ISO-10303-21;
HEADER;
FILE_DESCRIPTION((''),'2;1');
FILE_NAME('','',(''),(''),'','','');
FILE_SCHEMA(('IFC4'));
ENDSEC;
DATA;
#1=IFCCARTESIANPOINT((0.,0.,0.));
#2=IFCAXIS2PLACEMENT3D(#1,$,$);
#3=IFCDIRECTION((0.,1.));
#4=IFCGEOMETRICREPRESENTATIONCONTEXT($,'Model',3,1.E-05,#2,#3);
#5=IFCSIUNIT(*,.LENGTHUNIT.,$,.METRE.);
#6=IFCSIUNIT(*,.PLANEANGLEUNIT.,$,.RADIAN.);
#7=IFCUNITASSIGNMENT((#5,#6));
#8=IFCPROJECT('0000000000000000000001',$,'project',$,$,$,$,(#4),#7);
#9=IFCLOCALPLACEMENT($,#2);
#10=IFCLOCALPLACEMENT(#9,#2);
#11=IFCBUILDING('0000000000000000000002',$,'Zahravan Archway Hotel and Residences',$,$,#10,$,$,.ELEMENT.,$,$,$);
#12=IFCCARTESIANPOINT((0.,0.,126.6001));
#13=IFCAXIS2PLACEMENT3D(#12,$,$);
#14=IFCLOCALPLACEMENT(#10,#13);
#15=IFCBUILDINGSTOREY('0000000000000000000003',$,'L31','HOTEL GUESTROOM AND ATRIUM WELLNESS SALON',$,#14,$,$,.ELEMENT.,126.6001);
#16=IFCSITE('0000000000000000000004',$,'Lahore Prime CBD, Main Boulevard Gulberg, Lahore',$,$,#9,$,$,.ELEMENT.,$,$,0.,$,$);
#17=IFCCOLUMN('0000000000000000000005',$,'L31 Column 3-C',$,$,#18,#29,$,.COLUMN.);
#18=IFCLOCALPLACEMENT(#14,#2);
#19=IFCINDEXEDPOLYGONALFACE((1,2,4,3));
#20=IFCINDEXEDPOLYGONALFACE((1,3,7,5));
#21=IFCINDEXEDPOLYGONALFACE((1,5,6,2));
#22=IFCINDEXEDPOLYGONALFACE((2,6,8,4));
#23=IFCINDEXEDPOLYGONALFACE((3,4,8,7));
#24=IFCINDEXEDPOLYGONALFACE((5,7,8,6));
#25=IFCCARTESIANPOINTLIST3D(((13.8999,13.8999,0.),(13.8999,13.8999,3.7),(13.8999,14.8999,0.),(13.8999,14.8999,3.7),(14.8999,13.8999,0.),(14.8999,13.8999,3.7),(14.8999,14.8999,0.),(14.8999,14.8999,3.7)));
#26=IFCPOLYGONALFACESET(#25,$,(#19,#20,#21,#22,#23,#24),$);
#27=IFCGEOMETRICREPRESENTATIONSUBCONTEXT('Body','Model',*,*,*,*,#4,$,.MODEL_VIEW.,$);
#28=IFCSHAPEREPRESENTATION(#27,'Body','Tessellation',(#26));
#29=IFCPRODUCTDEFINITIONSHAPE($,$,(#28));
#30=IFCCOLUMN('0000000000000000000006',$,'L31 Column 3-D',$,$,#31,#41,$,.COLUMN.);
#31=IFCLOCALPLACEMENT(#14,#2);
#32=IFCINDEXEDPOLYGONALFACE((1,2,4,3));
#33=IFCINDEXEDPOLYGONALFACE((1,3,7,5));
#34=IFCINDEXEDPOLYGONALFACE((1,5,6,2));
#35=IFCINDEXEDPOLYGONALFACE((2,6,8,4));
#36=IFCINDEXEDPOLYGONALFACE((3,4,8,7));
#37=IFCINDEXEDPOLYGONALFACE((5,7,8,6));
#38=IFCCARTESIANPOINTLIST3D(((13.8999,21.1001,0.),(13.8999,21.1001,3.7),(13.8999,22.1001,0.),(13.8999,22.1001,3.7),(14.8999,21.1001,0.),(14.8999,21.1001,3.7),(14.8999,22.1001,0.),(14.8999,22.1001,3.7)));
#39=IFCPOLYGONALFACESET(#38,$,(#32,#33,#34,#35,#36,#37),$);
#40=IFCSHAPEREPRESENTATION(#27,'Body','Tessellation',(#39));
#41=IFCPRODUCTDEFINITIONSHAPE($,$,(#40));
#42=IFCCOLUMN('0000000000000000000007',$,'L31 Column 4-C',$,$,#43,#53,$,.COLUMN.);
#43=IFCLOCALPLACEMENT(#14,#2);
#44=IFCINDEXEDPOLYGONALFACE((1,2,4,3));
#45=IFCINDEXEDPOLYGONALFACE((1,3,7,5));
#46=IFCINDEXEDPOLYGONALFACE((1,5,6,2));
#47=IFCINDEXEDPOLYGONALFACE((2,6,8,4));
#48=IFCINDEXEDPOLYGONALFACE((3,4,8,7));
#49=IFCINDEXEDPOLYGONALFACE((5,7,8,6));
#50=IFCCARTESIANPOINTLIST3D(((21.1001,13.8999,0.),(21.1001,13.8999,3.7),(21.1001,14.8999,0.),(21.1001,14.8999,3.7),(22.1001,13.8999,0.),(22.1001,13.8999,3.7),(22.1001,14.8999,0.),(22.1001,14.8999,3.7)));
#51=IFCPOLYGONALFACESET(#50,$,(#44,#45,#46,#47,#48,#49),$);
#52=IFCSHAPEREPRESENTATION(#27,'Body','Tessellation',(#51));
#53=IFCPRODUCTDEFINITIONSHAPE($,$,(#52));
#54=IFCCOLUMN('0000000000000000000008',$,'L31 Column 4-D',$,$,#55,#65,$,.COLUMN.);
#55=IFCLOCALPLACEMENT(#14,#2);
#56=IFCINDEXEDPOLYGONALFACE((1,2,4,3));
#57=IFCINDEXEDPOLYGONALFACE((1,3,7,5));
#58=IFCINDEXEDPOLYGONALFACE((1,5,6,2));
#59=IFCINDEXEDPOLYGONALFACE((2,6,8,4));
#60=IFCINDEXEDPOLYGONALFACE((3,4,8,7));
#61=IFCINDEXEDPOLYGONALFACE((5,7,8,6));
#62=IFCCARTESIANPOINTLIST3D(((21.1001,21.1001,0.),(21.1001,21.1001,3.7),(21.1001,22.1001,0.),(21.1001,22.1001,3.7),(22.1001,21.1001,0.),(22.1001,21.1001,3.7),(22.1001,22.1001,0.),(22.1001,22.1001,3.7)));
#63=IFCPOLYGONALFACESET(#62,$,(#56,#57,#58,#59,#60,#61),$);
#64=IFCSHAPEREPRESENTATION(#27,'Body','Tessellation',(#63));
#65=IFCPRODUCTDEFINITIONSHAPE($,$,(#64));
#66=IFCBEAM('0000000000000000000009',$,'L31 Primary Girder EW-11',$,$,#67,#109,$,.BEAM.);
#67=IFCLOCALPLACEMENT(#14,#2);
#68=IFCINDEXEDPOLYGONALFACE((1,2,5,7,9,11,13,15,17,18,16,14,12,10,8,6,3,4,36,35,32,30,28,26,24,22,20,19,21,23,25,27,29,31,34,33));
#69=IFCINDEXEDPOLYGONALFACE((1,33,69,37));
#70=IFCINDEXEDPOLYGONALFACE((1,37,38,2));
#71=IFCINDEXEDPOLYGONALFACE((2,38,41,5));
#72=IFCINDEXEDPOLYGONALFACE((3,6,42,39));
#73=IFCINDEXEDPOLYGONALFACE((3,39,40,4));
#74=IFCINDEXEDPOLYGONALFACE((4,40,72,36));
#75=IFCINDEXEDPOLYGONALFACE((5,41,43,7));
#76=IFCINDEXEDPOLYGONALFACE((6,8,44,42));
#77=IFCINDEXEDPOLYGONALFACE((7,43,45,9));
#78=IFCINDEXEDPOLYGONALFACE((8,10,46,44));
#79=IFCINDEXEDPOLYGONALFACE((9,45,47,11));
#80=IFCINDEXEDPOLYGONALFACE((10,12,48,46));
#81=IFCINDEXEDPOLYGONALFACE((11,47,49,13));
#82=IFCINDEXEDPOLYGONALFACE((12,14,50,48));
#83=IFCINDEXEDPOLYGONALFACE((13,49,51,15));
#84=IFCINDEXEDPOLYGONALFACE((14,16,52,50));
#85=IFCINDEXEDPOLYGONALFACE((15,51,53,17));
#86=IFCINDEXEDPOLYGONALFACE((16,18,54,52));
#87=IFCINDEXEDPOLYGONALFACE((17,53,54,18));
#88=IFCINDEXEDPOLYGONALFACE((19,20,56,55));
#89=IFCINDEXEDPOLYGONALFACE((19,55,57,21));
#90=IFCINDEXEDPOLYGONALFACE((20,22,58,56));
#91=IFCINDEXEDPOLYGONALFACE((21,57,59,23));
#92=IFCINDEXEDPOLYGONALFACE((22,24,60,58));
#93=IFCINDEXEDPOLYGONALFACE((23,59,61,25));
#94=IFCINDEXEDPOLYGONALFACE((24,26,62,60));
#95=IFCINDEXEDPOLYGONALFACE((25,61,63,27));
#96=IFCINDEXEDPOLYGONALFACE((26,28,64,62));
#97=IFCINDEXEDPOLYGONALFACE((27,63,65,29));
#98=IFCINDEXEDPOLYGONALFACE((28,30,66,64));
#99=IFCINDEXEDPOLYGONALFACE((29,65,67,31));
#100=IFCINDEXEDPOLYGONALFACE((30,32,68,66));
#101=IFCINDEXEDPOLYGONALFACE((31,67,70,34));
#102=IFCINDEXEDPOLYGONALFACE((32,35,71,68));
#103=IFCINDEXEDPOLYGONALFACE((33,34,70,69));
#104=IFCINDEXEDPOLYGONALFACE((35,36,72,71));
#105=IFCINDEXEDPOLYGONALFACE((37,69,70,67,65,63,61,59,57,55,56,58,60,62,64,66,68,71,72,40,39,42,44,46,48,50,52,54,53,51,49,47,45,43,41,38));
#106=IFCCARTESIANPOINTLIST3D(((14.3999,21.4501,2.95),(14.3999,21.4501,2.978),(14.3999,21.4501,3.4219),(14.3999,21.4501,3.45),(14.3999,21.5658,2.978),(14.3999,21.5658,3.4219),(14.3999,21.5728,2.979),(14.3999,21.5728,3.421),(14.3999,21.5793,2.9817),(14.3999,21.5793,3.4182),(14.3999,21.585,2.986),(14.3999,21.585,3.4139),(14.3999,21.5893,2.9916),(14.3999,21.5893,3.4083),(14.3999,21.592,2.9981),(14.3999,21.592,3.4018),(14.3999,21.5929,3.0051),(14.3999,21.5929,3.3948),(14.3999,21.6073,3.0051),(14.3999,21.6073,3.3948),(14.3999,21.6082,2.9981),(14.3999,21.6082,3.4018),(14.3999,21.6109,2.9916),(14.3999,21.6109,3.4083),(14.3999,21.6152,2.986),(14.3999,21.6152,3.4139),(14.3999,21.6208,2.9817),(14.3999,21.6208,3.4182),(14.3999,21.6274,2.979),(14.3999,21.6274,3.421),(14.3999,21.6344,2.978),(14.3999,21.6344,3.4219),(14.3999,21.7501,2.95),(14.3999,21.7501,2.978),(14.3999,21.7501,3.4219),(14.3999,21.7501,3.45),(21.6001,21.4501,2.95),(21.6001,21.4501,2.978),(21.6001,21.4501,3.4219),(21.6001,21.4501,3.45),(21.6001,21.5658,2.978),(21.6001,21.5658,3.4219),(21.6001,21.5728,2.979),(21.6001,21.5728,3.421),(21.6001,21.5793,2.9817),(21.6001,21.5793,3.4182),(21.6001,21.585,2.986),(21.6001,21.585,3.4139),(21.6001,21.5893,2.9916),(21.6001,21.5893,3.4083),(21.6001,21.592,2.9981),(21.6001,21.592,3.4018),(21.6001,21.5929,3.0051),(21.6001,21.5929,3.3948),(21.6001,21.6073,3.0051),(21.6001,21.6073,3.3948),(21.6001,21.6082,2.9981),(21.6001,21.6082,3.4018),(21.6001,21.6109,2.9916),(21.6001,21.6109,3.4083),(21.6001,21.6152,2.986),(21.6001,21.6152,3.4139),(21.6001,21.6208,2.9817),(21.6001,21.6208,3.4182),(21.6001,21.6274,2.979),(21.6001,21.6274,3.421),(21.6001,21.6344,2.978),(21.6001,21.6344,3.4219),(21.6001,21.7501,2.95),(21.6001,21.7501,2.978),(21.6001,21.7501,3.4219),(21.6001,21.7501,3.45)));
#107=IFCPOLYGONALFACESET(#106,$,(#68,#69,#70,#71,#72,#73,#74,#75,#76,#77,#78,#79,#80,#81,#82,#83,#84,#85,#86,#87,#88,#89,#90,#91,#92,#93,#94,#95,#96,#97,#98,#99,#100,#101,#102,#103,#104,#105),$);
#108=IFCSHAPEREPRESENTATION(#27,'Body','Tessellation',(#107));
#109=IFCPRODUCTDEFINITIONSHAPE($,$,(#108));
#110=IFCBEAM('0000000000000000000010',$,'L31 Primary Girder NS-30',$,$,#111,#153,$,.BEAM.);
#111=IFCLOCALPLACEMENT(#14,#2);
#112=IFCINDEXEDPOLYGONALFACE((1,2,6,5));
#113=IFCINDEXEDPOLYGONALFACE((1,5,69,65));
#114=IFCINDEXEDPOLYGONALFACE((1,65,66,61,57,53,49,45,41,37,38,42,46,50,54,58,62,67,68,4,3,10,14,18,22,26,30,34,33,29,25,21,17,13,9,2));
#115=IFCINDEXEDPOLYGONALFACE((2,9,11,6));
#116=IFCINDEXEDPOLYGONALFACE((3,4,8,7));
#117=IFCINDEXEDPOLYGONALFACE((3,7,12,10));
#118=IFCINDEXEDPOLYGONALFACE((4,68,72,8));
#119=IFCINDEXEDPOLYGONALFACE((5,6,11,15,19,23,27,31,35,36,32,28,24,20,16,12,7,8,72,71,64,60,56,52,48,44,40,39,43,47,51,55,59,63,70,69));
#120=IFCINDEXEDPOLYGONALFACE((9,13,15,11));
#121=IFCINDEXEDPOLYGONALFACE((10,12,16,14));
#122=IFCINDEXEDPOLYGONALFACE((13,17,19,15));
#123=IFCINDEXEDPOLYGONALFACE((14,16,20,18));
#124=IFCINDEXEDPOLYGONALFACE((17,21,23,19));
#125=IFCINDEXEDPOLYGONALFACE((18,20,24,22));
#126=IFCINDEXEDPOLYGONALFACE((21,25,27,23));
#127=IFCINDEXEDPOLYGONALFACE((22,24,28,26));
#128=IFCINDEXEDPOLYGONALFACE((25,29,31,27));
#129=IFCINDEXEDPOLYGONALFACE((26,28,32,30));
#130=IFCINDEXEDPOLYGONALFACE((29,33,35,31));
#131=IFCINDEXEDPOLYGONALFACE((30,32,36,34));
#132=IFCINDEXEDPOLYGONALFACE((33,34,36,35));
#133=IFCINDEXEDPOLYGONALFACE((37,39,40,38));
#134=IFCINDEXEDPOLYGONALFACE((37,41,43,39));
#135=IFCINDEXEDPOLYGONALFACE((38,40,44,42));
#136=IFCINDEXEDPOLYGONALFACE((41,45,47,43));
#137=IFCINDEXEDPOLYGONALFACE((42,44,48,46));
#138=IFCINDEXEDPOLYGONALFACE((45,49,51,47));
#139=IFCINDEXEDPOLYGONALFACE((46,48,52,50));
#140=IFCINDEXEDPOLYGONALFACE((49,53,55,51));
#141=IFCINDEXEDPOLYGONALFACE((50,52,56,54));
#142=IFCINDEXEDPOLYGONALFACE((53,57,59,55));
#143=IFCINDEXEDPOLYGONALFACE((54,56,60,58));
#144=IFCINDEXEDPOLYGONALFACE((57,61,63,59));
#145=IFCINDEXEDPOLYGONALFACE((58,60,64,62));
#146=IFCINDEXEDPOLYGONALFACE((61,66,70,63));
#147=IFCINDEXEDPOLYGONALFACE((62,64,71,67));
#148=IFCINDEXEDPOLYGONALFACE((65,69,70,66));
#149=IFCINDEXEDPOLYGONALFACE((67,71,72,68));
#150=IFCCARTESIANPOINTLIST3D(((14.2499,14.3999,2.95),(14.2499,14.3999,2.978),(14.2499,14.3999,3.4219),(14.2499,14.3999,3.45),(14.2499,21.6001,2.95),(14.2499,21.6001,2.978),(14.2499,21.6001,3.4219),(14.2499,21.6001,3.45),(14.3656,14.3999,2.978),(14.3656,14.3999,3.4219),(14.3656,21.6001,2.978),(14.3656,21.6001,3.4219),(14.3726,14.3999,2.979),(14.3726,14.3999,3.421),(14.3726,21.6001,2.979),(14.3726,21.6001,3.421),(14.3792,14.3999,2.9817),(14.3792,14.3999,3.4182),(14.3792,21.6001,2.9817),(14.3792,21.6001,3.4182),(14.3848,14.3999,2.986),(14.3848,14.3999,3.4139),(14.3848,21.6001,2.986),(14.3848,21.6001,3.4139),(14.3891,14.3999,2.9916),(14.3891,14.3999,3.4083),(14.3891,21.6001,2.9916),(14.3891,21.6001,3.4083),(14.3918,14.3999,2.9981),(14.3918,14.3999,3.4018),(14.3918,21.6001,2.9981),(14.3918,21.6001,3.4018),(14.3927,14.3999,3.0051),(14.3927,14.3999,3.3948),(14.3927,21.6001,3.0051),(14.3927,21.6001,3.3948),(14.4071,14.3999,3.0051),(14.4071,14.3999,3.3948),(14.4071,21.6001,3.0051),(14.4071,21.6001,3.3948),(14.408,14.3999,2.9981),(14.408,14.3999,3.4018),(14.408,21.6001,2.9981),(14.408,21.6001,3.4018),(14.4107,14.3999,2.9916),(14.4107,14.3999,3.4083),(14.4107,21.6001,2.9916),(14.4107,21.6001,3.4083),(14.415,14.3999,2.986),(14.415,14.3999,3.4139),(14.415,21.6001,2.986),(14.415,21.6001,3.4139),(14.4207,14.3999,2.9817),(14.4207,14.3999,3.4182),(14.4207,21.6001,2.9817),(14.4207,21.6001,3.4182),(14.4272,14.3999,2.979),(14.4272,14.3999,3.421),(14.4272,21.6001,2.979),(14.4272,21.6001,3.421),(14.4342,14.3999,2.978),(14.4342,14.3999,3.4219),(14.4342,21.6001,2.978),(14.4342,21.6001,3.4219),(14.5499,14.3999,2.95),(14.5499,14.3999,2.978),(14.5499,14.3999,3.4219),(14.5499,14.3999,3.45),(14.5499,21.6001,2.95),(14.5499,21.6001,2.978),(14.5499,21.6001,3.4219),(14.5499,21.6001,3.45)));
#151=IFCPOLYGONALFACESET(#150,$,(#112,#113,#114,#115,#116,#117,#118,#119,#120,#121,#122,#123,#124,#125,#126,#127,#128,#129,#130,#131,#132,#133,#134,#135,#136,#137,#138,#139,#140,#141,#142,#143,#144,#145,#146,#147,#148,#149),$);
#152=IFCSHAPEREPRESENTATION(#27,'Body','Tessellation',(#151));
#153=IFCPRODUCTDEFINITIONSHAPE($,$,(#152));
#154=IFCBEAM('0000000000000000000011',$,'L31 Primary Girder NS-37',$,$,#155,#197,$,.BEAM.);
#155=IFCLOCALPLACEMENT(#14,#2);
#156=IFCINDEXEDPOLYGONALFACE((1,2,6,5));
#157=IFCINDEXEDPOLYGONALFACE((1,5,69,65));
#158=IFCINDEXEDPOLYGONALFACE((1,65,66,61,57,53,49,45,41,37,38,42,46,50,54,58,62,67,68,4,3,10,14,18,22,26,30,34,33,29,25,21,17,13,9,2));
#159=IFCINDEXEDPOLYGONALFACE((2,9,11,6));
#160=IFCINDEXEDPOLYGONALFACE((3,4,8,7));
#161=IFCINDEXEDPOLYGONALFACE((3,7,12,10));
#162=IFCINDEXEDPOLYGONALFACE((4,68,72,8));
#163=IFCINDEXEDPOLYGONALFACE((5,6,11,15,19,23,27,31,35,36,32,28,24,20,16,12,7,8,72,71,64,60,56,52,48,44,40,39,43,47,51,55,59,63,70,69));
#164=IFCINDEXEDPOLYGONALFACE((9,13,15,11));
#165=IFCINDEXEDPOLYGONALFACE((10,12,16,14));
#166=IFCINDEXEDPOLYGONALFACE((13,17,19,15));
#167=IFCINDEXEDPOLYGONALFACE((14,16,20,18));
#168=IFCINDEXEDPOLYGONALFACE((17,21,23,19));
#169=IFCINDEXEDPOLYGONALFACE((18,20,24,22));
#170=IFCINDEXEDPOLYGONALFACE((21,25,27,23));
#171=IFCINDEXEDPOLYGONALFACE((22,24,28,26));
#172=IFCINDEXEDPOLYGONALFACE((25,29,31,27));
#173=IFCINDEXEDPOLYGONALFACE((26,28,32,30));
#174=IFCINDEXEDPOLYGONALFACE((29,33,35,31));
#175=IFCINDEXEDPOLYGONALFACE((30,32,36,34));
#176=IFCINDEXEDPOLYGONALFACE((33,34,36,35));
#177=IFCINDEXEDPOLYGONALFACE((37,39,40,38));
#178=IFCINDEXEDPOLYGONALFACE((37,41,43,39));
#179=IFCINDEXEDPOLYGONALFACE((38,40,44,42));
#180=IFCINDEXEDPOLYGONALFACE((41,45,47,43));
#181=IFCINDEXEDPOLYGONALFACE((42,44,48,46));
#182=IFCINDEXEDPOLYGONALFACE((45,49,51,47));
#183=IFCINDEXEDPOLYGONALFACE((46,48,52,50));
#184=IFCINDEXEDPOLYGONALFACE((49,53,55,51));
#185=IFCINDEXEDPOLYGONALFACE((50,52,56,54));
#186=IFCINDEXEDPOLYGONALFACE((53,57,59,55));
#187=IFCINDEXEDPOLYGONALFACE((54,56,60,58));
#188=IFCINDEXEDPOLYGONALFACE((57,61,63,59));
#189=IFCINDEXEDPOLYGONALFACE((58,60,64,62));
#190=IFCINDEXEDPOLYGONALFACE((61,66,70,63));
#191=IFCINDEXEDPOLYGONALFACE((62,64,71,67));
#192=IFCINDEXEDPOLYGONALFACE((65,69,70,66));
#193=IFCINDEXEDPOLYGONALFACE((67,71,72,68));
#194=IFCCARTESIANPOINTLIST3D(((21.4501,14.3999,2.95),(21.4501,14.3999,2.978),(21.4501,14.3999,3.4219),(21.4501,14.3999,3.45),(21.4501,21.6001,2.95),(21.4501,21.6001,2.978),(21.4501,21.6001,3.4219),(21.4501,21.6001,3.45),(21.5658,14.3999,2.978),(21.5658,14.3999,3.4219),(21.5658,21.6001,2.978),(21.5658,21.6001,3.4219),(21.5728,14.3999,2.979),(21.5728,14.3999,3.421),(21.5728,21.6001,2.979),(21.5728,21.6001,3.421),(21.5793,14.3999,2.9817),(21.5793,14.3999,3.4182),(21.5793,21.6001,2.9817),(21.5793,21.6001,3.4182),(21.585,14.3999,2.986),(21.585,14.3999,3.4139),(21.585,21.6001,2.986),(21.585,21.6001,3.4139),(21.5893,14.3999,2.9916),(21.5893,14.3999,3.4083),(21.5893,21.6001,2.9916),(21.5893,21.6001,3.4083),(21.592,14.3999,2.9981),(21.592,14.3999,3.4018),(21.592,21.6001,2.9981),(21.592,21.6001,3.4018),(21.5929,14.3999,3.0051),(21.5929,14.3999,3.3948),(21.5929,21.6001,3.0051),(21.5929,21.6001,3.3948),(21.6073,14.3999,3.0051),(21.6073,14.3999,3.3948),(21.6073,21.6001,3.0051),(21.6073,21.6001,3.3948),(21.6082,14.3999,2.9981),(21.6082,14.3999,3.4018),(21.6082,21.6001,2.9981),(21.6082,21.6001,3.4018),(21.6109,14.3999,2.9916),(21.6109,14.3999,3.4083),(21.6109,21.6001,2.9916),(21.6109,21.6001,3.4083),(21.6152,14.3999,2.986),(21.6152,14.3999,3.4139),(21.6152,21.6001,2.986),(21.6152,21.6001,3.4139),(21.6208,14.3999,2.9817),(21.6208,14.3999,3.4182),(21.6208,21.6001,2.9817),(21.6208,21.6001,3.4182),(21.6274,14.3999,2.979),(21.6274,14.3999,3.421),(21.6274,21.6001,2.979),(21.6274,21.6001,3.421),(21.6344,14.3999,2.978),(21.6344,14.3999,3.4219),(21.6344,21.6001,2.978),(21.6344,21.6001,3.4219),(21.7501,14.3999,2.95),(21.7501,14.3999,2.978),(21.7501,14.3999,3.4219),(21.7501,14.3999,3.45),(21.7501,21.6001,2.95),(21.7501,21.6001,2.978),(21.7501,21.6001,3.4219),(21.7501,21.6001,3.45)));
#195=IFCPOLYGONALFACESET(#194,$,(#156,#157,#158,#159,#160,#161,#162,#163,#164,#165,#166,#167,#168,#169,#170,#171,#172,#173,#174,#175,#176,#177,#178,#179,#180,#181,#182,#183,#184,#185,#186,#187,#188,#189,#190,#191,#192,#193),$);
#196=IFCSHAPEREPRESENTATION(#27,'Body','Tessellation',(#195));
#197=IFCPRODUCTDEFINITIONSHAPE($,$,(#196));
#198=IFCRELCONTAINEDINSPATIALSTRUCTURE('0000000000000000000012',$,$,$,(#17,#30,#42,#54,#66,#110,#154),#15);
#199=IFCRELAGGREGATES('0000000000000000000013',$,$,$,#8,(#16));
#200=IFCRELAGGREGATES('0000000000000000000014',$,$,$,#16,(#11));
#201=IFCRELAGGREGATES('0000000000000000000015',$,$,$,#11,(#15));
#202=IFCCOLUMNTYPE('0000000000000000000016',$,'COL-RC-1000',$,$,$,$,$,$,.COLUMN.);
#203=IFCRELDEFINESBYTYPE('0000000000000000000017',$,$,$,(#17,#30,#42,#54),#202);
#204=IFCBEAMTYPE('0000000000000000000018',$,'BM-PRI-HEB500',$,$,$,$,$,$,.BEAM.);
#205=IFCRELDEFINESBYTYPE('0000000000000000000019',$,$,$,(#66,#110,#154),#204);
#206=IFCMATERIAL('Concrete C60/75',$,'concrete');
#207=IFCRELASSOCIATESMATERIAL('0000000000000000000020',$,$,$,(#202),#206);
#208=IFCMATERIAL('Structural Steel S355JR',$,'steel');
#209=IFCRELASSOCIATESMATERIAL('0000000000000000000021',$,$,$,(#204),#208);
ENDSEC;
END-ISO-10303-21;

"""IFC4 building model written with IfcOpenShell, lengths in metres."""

from ifc_helpers import new_model, si_unit, direction, frame, origin, origin_2d, place, context, subcontext, project, spatial, rectangle, i_section, extrude, source, transform, mapped, material, material_profile, profile_set, type_object, type_shapes, element, save


model = new_model("IFC4")

# Units and contexts
model_context = context("Model", 3, precision=1e-05, world=origin(), true_north=direction((0.0, 1.0)))
body_context = subcontext(model_context, "Body", "Model", "MODEL_VIEW")
ifc_project = project(units=[si_unit("LENGTHUNIT", "METRE"), si_unit("PLANEANGLEUNIT", "RADIAN")], contexts=[model_context])

# Site, building, storey
site_placement = place(None, origin())
site = spatial("IfcSite", under=ifc_project, at=site_placement, Name="Lahore Prime CBD, Main Boulevard Gulberg, Lahore", CompositionType="ELEMENT", RefElevation=0.0)
building_placement = place(site_placement, origin())
building = spatial("IfcBuilding", under=site, at=building_placement, Name="Zahravan Archway Hotel and Residences", CompositionType="ELEMENT")
storey_placement = place(building_placement, frame((0.0, 0.0, 126.6001)))
storey = spatial("IfcBuildingStorey", under=building, at=storey_placement, Name="L31", Description="HOTEL GUESTROOM AND ATRIUM WELLNESS SALON", CompositionType="ELEMENT", Elevation=126.6001)

# Columns
ifc_material_1 = material(Name="Concrete C60/75", Category="concrete")
ifc_material_profile_1 = material_profile(ifc_material_1, rectangle(XDim=1.0, YDim=1.0, at=origin_2d()), Name="RC-COL-1000x1000", Category="concrete")
ifc_profile_set_1 = profile_set([ifc_material_profile_1], Name="Concrete C60/75")
column_type = type_object("IfcColumnType", Name="COL-RC-1000", PredefinedType="COLUMN", material=ifc_profile_set_1)
shared_shape_1 = source(origin(), body_context, "Body", "SweptSolid", [
    extrude(rectangle(XDim=1.0, YDim=1.0, at=origin_2d()), origin(), (0.0, 0.0, 1.0), 3.7),
])
type_shapes(column_type, [shared_shape_1])
for number, where, z_axis, x_axis, name in (
    (1, (14.3999, 14.3999, 0.0), (0.0, 0.0, 1.0), (1.0, 0.0, 0.0), "L31 Column 3-C"),
    (2, (14.3999, 21.6001, 0.0), (0.0, 0.0, 1.0), (1.0, 0.0, 0.0), "L31 Column 3-D"),
    (3, (21.6001, 14.3999, 0.0), (0.0, 0.0, 1.0), (1.0, 0.0, 0.0), "L31 Column 4-C"),
    (4, (21.6001, 21.6001, 0.0), (0.0, 0.0, 1.0), (1.0, 0.0, 0.0), "L31 Column 4-D"),
):
    element("IfcColumn", number, at=place(storey_placement, frame(where, z_axis=z_axis, x_axis=x_axis)), inside=storey, type_object=column_type, Name=name, PredefinedType="COLUMN", context=body_context, shape_type="MappedRepresentation", body=[
        mapped(shared_shape_1, transform((0.0, 0.0, 0.0), scale=1.0)),
    ])

# Beams
ifc_material_2 = material(Name="Structural Steel S355JR", Category="steel")
ifc_material_profile_2 = material_profile(ifc_material_2, i_section(OverallWidth=0.3, OverallDepth=0.5, WebThickness=0.0144, FlangeThickness=0.0281, FilletRadius=0.0271, at=origin_2d()), Name="HEB 500", Category="steel")
ifc_profile_set_2 = profile_set([ifc_material_profile_2], Name="Structural Steel S355JR")
beam_type_1 = type_object("IfcBeamType", Name="BM-PRI-HEB500", PredefinedType="BEAM", material=ifc_profile_set_2)
shared_shape_2 = source(origin(), body_context, "Body", "SweptSolid", [
    extrude(i_section(OverallWidth=0.3, OverallDepth=0.5, WebThickness=0.0144, FlangeThickness=0.0281, FilletRadius=0.0271, at=origin_2d()), origin(), (0.0, 0.0, 1.0), 7.2002),
])
type_shapes(beam_type_1, [shared_shape_2])
for number, where, z_axis, x_axis, name in (
    (5, (14.3999, 21.6001, 3.2), (1.0, 0.0, 0.0), (0.0, 1.0, 0.0), "L31 Primary Girder EW-11"),
    (6, (14.3999, 14.3999, 3.2), (0.0, 1.0, 0.0), (-1.0, 0.0, 0.0), "L31 Primary Girder NS-30"),
    (7, (21.6001, 14.3999, 3.2), (0.0, 1.0, 0.0), (-1.0, 0.0, 0.0), "L31 Primary Girder NS-37"),
):
    element("IfcBeam", number, at=place(storey_placement, frame(where, z_axis=z_axis, x_axis=x_axis)), inside=storey, type_object=beam_type_1, Name=name, PredefinedType="BEAM", context=body_context, shape_type="MappedRepresentation", body=[
        mapped(shared_shape_2, transform((0.0, 0.0, 0.0), scale=1.0)),
    ])

save(model, "model.ifc")
